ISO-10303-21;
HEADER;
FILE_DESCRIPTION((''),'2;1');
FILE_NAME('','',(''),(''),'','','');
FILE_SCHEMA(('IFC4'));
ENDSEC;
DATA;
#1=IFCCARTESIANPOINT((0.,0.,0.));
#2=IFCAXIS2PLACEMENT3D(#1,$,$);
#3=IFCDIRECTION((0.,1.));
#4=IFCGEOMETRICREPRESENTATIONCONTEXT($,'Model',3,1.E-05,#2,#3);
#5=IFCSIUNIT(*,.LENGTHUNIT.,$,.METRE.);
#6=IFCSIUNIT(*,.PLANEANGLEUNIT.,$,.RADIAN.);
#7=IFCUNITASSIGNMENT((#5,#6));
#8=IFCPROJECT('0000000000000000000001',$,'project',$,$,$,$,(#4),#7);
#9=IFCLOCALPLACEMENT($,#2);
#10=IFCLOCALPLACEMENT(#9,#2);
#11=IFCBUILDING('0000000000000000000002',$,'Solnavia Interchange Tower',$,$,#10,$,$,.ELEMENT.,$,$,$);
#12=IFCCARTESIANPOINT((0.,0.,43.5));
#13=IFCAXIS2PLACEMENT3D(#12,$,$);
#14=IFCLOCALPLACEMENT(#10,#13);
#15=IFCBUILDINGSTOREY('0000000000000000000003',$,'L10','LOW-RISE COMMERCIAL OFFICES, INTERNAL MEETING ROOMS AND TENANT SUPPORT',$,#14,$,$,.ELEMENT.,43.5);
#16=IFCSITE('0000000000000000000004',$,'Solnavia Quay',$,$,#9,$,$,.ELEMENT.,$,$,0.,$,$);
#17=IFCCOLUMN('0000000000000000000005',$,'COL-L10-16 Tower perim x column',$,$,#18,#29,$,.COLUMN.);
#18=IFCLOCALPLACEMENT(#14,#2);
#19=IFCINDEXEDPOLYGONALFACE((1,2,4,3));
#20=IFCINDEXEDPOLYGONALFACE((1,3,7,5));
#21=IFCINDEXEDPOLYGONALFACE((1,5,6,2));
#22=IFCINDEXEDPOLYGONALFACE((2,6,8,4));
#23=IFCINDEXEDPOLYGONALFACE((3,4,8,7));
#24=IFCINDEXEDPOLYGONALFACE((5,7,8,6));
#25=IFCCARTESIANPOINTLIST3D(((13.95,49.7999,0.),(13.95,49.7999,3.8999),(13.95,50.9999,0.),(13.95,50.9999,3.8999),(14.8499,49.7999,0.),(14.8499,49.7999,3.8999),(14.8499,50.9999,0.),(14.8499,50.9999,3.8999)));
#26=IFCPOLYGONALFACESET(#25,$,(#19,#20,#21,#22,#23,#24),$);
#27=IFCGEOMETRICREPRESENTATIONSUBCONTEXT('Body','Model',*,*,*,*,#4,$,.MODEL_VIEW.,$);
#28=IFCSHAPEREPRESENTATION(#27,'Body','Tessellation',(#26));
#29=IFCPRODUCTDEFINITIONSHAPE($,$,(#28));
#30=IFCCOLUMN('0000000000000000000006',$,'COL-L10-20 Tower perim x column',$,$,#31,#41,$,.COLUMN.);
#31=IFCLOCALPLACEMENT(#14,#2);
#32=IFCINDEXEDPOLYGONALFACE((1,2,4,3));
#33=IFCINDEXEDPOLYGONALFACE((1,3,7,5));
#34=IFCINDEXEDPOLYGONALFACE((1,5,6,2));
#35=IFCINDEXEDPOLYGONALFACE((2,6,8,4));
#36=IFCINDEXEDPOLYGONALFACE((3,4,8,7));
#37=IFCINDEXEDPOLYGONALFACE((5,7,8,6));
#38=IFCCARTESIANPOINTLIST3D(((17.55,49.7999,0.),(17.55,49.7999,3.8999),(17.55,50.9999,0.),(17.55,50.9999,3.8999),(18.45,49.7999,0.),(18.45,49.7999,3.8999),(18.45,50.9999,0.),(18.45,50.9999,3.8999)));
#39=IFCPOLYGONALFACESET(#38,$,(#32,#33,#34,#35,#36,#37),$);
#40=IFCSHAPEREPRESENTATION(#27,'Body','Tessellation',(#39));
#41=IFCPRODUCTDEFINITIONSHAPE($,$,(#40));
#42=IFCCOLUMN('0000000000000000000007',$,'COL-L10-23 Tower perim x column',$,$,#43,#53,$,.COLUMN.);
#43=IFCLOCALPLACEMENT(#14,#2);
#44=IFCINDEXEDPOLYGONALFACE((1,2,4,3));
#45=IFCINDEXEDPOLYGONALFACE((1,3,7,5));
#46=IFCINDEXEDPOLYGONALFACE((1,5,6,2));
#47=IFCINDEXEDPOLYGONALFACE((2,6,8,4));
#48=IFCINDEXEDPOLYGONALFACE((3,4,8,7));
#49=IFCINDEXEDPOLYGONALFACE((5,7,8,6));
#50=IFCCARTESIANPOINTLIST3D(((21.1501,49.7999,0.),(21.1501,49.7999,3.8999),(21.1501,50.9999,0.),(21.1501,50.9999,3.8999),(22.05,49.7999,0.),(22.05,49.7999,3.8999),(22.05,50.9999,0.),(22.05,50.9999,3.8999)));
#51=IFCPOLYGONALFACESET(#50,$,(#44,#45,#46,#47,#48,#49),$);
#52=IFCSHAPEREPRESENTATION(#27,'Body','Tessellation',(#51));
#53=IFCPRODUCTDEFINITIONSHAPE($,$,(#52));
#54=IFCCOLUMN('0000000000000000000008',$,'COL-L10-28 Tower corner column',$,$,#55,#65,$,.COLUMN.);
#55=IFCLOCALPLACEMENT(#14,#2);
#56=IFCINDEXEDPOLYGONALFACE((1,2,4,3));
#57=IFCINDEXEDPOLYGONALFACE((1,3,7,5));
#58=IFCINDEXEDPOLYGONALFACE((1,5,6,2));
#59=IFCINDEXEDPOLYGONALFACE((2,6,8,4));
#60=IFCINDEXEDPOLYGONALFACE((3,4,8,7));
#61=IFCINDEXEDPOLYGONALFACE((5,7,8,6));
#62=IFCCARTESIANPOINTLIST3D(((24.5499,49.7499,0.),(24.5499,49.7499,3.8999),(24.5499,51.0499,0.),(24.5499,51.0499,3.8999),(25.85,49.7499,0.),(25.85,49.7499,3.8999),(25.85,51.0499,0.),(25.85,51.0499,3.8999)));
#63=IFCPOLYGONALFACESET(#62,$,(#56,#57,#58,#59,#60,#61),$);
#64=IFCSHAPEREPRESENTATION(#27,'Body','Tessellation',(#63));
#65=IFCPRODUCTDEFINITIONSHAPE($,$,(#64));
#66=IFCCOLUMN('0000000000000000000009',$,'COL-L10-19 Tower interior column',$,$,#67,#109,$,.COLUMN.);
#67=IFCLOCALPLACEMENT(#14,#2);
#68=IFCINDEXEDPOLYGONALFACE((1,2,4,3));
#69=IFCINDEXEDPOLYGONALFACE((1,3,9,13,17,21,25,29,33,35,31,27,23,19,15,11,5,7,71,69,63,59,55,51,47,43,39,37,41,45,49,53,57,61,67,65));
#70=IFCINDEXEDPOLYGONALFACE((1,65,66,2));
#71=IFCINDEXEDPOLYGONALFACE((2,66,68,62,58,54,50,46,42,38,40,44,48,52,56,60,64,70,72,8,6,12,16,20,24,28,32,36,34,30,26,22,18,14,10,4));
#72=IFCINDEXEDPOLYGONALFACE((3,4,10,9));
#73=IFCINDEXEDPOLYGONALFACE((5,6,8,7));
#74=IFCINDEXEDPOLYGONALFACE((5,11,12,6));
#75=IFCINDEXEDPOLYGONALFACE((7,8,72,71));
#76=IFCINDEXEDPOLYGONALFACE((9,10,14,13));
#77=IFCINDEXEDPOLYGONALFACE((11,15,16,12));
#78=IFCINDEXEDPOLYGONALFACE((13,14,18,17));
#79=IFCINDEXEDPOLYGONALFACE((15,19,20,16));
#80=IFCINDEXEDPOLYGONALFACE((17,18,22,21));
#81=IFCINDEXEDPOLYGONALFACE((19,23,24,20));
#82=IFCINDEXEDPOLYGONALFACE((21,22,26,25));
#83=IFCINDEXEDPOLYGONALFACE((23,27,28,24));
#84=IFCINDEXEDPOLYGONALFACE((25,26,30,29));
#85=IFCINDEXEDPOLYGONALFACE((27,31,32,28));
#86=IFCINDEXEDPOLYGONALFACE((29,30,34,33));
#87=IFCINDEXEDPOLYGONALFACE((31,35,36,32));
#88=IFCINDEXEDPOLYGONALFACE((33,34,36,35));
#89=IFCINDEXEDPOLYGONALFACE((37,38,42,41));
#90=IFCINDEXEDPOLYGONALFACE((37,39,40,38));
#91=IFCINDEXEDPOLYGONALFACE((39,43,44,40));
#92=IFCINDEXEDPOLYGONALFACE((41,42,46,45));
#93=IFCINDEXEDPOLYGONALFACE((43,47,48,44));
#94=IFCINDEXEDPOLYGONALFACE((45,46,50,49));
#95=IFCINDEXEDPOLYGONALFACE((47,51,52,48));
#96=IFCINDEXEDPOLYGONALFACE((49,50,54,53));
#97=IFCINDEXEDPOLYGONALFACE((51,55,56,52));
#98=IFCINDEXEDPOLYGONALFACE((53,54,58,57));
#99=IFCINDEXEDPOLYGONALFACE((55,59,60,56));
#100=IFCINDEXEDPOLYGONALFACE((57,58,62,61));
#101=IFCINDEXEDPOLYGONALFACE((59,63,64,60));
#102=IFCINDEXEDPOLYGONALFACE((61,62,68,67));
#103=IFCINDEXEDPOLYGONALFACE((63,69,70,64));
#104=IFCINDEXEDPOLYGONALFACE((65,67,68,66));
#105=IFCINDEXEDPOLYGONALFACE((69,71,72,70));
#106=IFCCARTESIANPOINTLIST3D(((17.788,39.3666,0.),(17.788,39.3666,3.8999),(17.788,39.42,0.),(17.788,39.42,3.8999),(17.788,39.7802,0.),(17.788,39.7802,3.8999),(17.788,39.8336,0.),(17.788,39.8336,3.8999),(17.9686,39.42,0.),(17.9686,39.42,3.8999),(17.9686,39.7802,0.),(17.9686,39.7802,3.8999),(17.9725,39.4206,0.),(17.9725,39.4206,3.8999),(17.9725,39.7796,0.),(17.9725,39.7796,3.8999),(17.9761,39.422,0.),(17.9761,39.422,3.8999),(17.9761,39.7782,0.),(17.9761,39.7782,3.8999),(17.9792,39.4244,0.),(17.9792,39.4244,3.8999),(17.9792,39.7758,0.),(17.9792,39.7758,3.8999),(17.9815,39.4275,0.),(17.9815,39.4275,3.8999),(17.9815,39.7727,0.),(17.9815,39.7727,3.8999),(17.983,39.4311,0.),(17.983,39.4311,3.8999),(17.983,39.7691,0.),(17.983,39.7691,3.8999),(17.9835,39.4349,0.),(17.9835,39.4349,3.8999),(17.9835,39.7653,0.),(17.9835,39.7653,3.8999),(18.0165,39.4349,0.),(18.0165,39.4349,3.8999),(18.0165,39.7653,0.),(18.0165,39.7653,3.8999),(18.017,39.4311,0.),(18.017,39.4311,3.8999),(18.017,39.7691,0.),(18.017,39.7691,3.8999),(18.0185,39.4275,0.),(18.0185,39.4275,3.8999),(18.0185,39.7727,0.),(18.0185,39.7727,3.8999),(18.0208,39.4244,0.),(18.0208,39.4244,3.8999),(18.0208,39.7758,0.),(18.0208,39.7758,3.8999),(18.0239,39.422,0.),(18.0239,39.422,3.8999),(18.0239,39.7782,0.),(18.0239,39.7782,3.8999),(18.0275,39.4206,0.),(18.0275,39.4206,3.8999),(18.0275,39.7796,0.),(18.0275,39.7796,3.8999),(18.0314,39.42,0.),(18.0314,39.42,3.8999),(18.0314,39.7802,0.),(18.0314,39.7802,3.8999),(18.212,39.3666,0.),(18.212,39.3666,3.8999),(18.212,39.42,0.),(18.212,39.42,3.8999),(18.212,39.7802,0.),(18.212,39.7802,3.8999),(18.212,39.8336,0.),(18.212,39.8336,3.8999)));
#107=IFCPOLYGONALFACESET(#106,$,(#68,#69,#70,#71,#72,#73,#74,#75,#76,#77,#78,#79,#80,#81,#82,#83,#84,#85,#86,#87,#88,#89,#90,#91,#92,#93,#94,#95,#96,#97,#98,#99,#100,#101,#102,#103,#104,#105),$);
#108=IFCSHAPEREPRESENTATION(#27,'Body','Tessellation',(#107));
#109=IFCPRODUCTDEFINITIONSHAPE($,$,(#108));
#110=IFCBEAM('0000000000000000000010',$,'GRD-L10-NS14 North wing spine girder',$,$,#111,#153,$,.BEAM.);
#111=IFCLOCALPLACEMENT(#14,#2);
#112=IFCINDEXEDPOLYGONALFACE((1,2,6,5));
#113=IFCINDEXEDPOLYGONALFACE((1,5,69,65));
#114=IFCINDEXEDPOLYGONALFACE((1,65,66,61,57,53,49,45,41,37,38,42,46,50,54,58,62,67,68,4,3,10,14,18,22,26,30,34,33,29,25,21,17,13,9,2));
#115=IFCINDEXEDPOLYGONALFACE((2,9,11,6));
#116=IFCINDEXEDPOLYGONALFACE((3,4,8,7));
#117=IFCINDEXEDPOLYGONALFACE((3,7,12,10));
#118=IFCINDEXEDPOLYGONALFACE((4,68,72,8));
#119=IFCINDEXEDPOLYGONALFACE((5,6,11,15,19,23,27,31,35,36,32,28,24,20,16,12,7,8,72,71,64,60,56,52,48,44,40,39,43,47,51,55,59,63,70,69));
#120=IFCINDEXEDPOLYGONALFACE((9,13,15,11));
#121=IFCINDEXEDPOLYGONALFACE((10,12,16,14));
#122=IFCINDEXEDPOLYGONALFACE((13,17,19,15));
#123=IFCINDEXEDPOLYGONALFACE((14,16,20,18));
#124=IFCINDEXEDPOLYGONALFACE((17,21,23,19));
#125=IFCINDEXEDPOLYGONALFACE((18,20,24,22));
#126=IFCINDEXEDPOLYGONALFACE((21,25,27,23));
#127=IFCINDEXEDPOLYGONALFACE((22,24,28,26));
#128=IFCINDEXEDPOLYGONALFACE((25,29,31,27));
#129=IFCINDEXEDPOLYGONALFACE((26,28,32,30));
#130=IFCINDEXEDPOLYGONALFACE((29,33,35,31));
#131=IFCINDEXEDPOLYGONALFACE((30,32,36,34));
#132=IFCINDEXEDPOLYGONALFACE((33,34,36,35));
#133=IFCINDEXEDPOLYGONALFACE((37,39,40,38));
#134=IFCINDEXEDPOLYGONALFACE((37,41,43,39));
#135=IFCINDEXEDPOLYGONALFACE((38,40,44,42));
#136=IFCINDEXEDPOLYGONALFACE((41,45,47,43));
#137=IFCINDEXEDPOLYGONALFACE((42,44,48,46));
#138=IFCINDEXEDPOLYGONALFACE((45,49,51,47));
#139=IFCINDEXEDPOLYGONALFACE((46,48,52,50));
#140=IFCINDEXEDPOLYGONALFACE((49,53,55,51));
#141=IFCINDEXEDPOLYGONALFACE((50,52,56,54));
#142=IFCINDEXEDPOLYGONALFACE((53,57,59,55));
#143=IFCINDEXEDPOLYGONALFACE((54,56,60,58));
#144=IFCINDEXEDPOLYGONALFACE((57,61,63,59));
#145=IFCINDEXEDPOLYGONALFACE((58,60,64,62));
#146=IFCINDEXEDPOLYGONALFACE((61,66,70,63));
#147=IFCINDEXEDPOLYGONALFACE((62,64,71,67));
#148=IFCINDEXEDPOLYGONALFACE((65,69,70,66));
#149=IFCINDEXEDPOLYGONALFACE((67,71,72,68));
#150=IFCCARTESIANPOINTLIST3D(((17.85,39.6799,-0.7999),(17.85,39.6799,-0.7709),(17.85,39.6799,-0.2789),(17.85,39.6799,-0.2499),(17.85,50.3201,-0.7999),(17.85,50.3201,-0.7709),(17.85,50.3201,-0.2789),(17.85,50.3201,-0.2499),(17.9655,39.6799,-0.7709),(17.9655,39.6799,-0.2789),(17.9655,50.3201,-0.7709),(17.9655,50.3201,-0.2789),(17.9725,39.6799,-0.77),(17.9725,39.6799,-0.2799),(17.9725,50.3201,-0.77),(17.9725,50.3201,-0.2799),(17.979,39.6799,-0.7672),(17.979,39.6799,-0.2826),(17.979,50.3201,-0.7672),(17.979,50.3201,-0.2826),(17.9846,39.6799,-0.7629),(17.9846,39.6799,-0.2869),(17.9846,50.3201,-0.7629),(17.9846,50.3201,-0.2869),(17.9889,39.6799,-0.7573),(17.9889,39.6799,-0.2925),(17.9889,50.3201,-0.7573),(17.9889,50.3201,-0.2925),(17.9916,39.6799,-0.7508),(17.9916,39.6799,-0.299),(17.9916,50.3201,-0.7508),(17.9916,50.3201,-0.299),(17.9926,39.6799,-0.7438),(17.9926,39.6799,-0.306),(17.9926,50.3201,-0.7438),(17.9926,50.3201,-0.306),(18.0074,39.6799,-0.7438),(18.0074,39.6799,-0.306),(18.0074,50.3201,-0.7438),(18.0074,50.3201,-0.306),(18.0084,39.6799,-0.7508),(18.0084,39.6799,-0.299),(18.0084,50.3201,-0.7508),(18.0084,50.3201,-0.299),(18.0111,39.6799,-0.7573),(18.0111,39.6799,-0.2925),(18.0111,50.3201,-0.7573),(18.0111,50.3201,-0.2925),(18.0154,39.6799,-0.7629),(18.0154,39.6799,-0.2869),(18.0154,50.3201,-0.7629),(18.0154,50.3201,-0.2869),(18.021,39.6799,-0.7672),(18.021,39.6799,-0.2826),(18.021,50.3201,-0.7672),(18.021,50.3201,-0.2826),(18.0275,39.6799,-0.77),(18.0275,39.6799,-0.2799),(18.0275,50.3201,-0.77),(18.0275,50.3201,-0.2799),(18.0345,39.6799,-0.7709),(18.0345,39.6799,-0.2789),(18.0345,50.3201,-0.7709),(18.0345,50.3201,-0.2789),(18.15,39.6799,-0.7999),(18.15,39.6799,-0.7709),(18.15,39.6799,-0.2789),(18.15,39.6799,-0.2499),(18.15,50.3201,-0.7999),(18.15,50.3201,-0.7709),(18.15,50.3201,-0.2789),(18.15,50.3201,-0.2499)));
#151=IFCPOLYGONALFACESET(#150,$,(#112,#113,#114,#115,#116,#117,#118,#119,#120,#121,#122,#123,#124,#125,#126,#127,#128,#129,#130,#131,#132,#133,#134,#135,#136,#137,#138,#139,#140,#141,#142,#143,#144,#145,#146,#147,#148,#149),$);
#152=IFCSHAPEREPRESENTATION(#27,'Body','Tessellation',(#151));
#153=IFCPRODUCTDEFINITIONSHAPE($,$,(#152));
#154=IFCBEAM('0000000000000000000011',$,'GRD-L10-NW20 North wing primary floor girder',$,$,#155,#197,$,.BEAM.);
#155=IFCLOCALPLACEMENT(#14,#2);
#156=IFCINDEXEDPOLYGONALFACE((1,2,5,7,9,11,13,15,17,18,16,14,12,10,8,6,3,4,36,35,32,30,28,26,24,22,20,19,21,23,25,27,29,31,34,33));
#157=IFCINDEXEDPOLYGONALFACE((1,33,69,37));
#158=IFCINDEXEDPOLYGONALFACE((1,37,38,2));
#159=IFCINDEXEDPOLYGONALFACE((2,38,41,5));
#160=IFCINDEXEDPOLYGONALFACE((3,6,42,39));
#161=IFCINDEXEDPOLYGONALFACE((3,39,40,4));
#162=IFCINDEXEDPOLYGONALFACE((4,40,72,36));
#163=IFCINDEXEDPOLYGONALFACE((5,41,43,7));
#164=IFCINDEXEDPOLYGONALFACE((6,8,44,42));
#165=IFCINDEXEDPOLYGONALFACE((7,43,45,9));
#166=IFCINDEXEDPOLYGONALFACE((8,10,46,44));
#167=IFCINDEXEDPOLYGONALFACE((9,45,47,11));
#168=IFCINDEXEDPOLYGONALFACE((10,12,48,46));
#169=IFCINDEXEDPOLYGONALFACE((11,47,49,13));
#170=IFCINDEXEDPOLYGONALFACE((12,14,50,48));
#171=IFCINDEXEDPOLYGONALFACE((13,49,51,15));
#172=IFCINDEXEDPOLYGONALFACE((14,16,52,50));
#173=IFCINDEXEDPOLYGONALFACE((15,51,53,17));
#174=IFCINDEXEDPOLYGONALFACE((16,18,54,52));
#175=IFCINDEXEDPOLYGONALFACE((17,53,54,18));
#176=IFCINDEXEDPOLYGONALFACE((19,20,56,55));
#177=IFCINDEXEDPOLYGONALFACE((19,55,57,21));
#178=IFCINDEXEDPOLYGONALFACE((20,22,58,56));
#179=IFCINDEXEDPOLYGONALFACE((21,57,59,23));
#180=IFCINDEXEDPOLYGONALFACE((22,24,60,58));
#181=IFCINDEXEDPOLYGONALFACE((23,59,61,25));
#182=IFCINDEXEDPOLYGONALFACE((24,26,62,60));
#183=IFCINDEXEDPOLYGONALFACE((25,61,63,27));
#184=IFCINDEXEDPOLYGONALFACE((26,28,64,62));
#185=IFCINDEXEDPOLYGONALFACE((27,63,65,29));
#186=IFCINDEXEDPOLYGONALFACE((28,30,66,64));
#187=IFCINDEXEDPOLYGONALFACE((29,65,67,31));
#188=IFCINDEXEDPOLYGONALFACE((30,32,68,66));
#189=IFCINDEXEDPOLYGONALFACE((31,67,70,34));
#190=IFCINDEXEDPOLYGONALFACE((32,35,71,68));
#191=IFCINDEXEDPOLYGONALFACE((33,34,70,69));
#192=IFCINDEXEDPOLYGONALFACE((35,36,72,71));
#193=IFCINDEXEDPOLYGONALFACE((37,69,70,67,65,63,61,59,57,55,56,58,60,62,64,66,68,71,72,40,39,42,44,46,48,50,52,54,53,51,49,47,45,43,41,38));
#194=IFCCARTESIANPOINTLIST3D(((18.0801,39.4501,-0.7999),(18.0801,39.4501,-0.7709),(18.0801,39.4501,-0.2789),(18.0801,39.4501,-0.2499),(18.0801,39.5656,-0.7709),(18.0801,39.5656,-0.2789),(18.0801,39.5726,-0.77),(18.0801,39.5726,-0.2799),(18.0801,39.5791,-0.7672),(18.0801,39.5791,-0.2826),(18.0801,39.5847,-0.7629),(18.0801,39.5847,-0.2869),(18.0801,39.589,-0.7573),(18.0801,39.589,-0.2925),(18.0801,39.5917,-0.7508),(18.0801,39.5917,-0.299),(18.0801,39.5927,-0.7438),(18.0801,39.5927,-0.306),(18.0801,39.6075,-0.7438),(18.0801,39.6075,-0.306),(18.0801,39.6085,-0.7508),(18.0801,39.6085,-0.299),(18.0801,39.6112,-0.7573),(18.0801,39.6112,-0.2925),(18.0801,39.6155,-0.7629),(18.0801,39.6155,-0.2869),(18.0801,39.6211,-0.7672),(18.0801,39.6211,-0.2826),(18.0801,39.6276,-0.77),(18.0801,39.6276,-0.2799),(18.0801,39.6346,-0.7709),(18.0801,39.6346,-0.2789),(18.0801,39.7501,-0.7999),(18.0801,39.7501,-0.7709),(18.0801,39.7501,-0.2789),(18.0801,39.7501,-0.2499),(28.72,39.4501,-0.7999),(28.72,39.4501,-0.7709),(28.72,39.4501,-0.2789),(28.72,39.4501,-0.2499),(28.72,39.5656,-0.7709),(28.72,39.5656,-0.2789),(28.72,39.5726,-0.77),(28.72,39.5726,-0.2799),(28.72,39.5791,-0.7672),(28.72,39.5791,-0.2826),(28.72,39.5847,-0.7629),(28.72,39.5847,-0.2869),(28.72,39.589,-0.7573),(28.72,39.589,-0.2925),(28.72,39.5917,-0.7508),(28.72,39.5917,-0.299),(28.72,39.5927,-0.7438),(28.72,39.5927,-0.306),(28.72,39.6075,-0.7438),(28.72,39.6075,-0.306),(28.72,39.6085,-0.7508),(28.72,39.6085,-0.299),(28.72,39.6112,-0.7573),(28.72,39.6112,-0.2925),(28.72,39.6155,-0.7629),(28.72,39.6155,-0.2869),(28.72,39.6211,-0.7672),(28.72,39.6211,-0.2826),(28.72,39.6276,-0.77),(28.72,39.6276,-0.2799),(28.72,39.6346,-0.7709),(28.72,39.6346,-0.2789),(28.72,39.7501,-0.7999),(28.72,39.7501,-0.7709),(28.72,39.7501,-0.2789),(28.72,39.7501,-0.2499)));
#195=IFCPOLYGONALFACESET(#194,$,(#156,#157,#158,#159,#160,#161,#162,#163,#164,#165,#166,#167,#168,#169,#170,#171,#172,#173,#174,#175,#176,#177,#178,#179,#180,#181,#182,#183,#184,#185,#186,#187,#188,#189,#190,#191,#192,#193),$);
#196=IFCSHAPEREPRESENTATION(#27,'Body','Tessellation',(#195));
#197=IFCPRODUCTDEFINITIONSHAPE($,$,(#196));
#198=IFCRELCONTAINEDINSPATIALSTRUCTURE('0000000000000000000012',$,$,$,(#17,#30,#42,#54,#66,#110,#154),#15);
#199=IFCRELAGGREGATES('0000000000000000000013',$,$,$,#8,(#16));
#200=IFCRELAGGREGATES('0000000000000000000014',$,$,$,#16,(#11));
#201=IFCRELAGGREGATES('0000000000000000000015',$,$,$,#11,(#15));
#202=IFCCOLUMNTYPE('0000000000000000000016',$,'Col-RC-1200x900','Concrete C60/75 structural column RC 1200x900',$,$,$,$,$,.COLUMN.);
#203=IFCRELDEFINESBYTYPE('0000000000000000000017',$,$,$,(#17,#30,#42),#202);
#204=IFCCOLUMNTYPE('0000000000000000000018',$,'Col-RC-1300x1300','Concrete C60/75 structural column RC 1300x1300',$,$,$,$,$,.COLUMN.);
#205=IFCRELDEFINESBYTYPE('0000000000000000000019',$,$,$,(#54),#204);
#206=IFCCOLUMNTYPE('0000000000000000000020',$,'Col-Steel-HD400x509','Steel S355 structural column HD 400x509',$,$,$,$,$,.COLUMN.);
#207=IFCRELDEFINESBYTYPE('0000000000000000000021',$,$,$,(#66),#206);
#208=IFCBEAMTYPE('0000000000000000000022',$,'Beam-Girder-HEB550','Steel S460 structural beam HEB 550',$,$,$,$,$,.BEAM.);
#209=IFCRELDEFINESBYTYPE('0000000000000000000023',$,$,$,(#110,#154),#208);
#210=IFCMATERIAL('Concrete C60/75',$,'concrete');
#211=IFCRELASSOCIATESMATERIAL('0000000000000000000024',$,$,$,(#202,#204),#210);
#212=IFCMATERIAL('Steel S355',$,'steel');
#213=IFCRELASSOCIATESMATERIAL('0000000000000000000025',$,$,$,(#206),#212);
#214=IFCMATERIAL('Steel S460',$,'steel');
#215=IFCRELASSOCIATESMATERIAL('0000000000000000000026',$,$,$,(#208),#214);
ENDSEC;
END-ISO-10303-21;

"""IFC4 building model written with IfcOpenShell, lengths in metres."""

from ifc_helpers import new_model, si_unit, direction, frame, origin, origin_2d, place, context, subcontext, project, spatial, rectangle, i_section, extrude, material, material_profile, profile_set, type_object, element, save


model = new_model("IFC4")

# Units and contexts
model_context = context("Model", 3, precision=1e-05, world=origin(), true_north=direction((0.0, 1.0)))
body_context = subcontext(model_context, "Body", "Model", "MODEL_VIEW")
ifc_project = project(units=[si_unit("LENGTHUNIT", "METRE"), si_unit("PLANEANGLEUNIT", "RADIAN")], contexts=[model_context])

# Site, building, storey
site_placement = place(None, origin())
site = spatial("IfcSite", under=ifc_project, at=site_placement, Name="Solnavia Quay", CompositionType="ELEMENT", RefElevation=0.0)
building_placement = place(site_placement, origin())
building = spatial("IfcBuilding", under=site, at=building_placement, Name="Solnavia Interchange Tower", CompositionType="ELEMENT")
storey_placement = place(building_placement, frame((0.0, 0.0, 43.5)))
storey = spatial("IfcBuildingStorey", under=building, at=storey_placement, Name="L10", Description="LOW-RISE COMMERCIAL OFFICES, INTERNAL MEETING ROOMS AND TENANT SUPPORT", CompositionType="ELEMENT", Elevation=43.5)

# Columns
ifc_material_1 = material(Name="Concrete C60/75", Category="concrete")
ifc_material_profile_1 = material_profile(ifc_material_1, rectangle(XDim=0.8999, YDim=1.2, at=origin_2d()), Name="RC 1200x900")
ifc_profile_set_1 = profile_set([ifc_material_profile_1], Name="Concrete C60/75")
column_type_1 = type_object("IfcColumnType", Name="Col-RC-1200x900", Description="Concrete C60/75 structural column RC 1200x900", PredefinedType="COLUMN", material=ifc_profile_set_1)
for number, where, z_axis, x_axis, name in (
    (1, (14.3999, 50.3999, 0.0), (0.0, 0.0, 1.0), (1.0, 0.0, 0.0), "COL-L10-16 Tower perim x column"),
    (2, (18.0, 50.3999, 0.0), (0.0, 0.0, 1.0), (1.0, 0.0, 0.0), "COL-L10-20 Tower perim x column"),
    (3, (21.6001, 50.3999, 0.0), (0.0, 0.0, 1.0), (1.0, 0.0, 0.0), "COL-L10-23 Tower perim x column"),
):
    element("IfcColumn", number, at=place(storey_placement, frame(where, z_axis=z_axis, x_axis=x_axis)), inside=storey, type_object=column_type_1, Name=name, PredefinedType="COLUMN", context=body_context, shape_type="SweptSolid", body=[
        extrude(rectangle(XDim=0.8999, YDim=1.2, at=origin_2d()), origin(), (0.0, 0.0, 1.0), 3.8999),
    ])
ifc_material_profile_2 = material_profile(ifc_material_1, rectangle(XDim=1.3, YDim=1.3, at=origin_2d()), Name="RC 1300x1300")
ifc_profile_set_2 = profile_set([ifc_material_profile_2], Name="Concrete C60/75")
column_type_2 = type_object("IfcColumnType", Name="Col-RC-1300x1300", Description="Concrete C60/75 structural column RC 1300x1300", PredefinedType="COLUMN", material=ifc_profile_set_2)
column_1_placement = place(storey_placement, frame((25.2, 50.3999, 0.0), z_axis=(0.0, 0.0, 1.0), x_axis=(1.0, 0.0, 0.0)))
element("IfcColumn", 4, at=column_1_placement, inside=storey, type_object=column_type_2, Name="COL-L10-28 Tower corner column", PredefinedType="COLUMN", context=body_context, shape_type="SweptSolid", body=[
    extrude(rectangle(XDim=1.3, YDim=1.3, at=origin_2d()), origin(), (0.0, 0.0, 1.0), 3.8999),
])
ifc_material_2 = material(Name="Steel S355", Category="steel")
ifc_material_profile_3 = material_profile(ifc_material_2, i_section(OverallWidth=0.4241, OverallDepth=0.467, WebThickness=0.033, FlangeThickness=0.0535, FilletRadius=0.0149, at=origin_2d()), Name="HD 400x509")
ifc_profile_set_3 = profile_set([ifc_material_profile_3], Name="Steel S355")
column_type_3 = type_object("IfcColumnType", Name="Col-Steel-HD400x509", Description="Steel S355 structural column HD 400x509", PredefinedType="COLUMN", material=ifc_profile_set_3)
column_2_placement = place(storey_placement, frame((18.0, 39.6001, 0.0), z_axis=(0.0, 0.0, 1.0), x_axis=(1.0, 0.0, 0.0)))
element("IfcColumn", 5, at=column_2_placement, inside=storey, type_object=column_type_3, Name="COL-L10-19 Tower interior column", PredefinedType="COLUMN", context=body_context, shape_type="SweptSolid", body=[
    extrude(i_section(OverallWidth=0.4241, OverallDepth=0.467, WebThickness=0.033, FlangeThickness=0.0535, FilletRadius=0.0149, at=origin_2d()), origin(), (0.0, 0.0, 1.0), 3.8999),
])

# Beams
ifc_material_3 = material(Name="Steel S460", Category="steel")
ifc_material_profile_4 = material_profile(ifc_material_3, i_section(OverallWidth=0.3, OverallDepth=0.55, WebThickness=0.0149, FlangeThickness=0.0291, FilletRadius=0.0271, at=origin_2d()), Name="HEB 550")
ifc_profile_set_4 = profile_set([ifc_material_profile_4], Name="Steel S460")
beam_type_1 = type_object("IfcBeamType", Name="Beam-Girder-HEB550", Description="Steel S460 structural beam HEB 550", PredefinedType="BEAM", material=ifc_profile_set_4)
beam_1_placement = place(storey_placement, frame((18.0, 39.6799, -0.5249), z_axis=(0.0, 1.0, 0.0), x_axis=(-1.0, 0.0, 0.0)))
element("IfcBeam", 6, at=beam_1_placement, inside=storey, type_object=beam_type_1, Name="GRD-L10-NS14 North wing spine girder", PredefinedType="BEAM", context=body_context, shape_type="SweptSolid", body=[
    extrude(i_section(OverallWidth=0.3, OverallDepth=0.55, WebThickness=0.0149, FlangeThickness=0.0291, FilletRadius=0.0271, at=origin_2d()), origin(), (0.0, 0.0, 1.0), 10.6401),
])
beam_2_placement = place(storey_placement, frame((18.0801, 39.6001, -0.5249), z_axis=(1.0, 0.0, 0.0), x_axis=(0.0, 1.0, 0.0)))
element("IfcBeam", 7, at=beam_2_placement, inside=storey, type_object=beam_type_1, Name="GRD-L10-NW20 North wing primary floor girder", PredefinedType="BEAM", context=body_context, shape_type="SweptSolid", body=[
    extrude(i_section(OverallWidth=0.3, OverallDepth=0.55, WebThickness=0.0149, FlangeThickness=0.0291, FilletRadius=0.0271, at=origin_2d()), origin(), (0.0, 0.0, 1.0), 10.6399),
])

save(model, "model.ifc")
